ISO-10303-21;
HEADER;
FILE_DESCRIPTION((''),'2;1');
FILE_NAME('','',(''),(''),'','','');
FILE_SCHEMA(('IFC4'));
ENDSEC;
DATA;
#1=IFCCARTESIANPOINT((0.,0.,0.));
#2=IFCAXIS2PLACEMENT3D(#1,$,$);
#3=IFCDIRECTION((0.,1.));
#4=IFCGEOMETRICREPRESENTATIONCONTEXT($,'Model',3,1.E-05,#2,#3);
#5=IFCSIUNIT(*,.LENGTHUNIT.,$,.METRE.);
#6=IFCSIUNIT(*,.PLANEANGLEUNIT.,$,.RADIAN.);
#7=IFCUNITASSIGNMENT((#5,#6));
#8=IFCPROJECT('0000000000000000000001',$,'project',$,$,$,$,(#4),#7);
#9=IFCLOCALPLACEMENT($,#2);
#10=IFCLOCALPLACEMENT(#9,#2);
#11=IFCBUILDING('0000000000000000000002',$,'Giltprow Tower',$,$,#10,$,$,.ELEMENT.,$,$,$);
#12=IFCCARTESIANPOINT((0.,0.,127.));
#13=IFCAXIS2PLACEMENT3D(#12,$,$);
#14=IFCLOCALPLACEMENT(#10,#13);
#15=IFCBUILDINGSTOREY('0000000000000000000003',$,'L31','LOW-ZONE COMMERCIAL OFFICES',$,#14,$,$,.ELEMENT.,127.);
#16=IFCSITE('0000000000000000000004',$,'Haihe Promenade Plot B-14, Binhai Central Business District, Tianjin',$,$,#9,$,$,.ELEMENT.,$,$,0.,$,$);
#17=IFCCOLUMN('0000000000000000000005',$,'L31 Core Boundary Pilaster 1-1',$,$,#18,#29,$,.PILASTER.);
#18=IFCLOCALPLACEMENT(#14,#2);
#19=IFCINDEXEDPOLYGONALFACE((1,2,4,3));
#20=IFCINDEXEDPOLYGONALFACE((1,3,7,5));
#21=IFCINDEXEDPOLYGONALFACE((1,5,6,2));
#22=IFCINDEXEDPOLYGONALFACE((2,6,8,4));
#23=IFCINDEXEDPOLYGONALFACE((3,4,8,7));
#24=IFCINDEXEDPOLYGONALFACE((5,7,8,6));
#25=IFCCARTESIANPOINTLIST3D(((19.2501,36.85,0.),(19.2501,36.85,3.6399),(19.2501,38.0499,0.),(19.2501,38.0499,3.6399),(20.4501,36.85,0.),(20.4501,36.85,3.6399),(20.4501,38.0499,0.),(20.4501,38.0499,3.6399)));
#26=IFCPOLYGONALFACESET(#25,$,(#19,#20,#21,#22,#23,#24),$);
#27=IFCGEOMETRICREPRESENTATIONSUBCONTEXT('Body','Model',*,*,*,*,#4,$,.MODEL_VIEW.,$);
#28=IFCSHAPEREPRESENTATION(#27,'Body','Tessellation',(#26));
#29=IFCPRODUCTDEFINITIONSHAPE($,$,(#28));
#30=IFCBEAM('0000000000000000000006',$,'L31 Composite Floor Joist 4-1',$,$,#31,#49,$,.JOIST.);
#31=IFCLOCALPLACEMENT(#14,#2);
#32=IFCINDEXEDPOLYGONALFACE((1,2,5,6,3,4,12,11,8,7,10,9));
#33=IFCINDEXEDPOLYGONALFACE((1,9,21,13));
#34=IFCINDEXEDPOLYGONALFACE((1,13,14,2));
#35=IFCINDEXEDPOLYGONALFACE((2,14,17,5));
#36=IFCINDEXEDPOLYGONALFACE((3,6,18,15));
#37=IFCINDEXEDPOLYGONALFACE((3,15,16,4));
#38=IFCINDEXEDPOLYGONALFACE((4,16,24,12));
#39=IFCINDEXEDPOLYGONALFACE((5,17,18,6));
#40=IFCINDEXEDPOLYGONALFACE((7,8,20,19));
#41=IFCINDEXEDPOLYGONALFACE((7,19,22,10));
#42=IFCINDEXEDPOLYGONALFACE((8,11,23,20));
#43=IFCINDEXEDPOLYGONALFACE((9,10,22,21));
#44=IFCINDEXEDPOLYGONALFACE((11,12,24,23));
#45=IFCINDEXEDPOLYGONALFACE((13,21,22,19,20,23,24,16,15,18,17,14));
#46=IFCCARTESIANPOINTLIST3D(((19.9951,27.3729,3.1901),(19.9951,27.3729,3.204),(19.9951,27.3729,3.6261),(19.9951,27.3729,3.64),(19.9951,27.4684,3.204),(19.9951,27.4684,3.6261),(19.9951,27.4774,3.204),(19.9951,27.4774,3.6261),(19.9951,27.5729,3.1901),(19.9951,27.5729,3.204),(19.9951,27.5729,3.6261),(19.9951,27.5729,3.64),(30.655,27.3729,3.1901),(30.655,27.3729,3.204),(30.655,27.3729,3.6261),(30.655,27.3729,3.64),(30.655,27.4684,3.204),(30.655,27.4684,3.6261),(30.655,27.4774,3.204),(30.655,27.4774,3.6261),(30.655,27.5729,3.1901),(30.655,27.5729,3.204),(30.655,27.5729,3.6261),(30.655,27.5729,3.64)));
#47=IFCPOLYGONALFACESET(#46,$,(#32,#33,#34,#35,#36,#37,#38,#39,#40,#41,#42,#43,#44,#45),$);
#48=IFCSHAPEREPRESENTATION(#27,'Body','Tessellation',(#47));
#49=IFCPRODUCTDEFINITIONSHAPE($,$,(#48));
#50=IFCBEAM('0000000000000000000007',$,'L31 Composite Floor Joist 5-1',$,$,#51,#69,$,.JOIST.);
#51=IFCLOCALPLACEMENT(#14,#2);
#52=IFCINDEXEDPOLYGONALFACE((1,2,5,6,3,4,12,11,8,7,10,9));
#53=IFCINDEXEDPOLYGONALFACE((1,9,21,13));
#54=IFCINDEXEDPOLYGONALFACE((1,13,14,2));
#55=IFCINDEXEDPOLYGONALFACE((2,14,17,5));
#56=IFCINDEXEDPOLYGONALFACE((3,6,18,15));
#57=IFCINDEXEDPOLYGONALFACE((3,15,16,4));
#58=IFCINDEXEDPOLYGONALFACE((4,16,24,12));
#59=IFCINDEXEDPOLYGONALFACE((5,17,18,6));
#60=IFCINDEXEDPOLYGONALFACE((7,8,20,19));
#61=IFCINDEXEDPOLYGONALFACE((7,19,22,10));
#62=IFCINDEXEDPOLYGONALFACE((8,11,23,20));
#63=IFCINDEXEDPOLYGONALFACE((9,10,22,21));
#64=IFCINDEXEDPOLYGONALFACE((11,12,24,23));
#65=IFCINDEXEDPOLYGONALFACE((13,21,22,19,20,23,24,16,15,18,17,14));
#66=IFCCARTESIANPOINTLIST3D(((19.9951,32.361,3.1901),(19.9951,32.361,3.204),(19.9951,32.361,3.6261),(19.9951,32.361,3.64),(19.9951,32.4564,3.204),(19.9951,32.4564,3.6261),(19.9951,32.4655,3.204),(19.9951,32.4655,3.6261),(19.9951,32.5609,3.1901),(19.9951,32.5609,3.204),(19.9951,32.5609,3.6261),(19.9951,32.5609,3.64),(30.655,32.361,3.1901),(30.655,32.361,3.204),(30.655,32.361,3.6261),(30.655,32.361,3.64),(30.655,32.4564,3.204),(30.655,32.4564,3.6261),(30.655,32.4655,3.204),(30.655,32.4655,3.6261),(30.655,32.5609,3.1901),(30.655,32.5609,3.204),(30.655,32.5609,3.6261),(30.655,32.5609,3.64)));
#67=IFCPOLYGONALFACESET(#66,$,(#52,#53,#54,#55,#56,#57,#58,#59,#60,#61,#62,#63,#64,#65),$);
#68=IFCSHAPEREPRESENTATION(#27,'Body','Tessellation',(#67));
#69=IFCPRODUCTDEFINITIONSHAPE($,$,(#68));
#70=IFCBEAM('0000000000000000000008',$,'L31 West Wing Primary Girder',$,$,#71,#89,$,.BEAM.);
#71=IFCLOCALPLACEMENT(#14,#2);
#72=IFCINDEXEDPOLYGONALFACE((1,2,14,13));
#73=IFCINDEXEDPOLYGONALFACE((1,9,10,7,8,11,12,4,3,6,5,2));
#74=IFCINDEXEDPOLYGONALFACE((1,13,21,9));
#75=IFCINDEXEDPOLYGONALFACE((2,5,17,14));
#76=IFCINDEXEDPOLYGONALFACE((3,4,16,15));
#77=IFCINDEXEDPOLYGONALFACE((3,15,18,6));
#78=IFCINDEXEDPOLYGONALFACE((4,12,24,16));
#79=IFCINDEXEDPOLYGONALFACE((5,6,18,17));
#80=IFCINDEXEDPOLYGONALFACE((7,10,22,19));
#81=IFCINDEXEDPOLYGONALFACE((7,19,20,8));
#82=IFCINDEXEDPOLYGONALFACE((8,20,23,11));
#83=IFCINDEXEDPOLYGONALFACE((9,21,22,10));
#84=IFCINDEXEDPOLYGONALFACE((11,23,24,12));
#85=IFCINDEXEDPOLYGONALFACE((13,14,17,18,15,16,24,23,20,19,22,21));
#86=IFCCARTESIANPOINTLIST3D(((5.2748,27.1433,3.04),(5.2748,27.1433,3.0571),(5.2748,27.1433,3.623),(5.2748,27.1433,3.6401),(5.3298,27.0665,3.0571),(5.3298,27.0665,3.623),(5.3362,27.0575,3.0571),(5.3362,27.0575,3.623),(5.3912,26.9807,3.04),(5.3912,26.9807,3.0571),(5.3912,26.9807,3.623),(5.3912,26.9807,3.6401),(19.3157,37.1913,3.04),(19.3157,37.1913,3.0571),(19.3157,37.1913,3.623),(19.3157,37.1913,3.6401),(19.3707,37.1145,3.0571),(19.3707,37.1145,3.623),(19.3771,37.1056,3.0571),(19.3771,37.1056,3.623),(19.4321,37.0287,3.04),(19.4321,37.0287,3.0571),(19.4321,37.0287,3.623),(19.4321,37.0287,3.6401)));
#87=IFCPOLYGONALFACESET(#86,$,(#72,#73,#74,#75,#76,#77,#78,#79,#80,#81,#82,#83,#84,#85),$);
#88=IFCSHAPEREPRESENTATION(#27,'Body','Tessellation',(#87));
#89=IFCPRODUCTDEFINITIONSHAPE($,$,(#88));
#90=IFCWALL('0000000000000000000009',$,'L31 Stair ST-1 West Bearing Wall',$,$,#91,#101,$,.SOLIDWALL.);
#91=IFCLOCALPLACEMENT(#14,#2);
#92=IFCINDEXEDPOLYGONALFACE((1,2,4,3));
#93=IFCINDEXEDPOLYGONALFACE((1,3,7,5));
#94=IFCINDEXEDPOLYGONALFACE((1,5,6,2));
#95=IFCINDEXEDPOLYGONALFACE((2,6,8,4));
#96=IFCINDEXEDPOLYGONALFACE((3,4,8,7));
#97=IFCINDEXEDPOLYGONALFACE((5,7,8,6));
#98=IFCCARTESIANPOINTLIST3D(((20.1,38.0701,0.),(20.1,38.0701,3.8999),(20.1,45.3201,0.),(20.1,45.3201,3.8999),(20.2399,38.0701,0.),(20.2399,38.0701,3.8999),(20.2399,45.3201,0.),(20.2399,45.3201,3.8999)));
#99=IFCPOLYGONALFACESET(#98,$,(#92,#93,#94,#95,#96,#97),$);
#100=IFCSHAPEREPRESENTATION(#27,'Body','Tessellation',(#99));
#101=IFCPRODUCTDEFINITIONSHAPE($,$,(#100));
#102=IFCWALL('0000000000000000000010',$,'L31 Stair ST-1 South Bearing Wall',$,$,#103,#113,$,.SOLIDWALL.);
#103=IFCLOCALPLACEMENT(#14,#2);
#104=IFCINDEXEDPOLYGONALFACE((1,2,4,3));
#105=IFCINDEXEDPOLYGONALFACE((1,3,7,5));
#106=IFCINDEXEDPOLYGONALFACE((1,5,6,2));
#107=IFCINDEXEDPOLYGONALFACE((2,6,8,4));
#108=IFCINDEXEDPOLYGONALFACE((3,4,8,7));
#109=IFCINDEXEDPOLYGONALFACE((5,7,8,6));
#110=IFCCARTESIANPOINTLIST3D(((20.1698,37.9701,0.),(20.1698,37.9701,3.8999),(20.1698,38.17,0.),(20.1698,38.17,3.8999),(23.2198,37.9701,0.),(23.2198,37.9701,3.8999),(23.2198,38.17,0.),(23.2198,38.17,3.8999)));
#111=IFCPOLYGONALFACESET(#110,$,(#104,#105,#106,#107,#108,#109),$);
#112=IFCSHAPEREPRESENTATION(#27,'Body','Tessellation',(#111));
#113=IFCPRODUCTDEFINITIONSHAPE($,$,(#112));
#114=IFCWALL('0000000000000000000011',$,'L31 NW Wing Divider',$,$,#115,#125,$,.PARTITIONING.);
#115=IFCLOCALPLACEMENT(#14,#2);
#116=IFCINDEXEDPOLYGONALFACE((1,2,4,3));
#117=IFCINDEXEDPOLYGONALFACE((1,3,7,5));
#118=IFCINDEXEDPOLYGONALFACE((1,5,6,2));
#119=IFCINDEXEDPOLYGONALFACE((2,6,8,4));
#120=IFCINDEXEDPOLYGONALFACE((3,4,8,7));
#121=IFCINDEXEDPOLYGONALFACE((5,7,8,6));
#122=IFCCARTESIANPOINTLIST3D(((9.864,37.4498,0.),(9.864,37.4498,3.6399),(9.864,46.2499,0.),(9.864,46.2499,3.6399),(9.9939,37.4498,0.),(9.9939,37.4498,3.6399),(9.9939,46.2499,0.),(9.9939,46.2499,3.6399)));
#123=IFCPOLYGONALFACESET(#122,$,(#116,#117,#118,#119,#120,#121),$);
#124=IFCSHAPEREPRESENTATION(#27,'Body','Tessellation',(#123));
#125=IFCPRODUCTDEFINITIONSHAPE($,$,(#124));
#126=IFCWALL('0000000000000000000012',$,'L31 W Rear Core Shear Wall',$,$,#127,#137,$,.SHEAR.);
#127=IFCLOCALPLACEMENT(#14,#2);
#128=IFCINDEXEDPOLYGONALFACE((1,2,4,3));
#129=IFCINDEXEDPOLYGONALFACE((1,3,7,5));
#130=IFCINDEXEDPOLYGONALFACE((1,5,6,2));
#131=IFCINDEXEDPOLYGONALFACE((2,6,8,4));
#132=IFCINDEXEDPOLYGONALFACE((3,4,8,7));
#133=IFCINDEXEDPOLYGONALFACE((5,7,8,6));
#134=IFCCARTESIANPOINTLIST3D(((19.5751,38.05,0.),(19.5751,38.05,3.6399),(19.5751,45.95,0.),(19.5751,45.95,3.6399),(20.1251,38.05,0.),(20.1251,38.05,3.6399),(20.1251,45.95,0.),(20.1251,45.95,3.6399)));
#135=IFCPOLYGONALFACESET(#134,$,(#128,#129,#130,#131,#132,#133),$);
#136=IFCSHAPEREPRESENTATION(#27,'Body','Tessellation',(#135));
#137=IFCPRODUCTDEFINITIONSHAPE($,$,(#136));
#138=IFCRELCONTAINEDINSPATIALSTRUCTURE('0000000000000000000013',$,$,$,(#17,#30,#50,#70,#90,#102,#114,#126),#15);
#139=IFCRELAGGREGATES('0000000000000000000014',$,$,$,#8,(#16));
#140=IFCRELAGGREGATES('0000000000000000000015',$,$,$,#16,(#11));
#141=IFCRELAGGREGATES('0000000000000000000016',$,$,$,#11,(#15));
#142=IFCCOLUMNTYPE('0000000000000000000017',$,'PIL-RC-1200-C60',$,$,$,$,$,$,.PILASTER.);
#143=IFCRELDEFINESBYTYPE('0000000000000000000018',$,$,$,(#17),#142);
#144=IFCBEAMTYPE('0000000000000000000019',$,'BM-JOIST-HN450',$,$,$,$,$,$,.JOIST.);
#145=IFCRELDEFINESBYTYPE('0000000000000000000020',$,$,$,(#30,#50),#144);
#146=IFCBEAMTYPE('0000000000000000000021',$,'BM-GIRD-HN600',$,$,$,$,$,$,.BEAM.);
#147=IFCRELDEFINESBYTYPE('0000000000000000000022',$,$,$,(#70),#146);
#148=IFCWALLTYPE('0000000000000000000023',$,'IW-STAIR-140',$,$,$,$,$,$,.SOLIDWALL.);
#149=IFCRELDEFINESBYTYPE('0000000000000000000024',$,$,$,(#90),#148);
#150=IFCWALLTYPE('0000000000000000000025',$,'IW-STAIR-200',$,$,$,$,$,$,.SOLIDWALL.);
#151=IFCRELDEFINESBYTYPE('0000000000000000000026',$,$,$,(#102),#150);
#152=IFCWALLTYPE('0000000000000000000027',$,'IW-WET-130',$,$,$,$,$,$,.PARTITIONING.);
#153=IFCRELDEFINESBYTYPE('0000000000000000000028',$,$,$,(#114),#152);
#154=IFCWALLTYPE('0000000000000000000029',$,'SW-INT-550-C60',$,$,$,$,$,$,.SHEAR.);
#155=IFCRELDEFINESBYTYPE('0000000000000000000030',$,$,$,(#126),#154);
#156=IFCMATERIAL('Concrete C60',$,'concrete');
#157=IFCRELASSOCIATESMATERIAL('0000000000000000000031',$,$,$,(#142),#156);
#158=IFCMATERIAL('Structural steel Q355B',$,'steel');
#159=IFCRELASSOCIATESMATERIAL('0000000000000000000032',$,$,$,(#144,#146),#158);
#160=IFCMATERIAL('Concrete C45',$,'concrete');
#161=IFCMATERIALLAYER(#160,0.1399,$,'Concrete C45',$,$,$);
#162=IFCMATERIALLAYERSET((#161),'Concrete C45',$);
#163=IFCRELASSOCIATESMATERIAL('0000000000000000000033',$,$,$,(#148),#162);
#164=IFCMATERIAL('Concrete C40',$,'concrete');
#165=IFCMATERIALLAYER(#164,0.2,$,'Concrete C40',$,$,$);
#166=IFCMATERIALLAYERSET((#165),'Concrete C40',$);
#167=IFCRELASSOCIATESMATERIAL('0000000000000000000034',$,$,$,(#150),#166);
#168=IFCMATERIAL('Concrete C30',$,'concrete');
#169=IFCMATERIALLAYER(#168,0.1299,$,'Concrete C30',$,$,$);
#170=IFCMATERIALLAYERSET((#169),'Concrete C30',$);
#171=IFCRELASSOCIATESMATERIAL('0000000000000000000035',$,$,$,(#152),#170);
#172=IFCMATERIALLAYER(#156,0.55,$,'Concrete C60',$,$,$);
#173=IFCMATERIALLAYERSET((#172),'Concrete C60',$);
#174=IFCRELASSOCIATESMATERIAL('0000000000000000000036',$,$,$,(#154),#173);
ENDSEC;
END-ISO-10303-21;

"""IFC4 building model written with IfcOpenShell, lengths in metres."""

from ifc_helpers import new_model, si_unit, direction, frame, frame_2d, origin, origin_2d, place, context, subcontext, project, spatial, rectangle, i_section, extrude, source, transform, mapped, material, layer, layer_set, material_profile, profile_set, type_object, element, save


model = new_model("IFC4")

# Units and contexts
model_context = context("Model", 3, precision=1e-05, world=origin(), true_north=direction((0.0, 1.0)))
body_context = subcontext(model_context, "Body", "Model", "MODEL_VIEW")
ifc_project = project(units=[si_unit("LENGTHUNIT", "METRE"), si_unit("PLANEANGLEUNIT", "RADIAN")], contexts=[model_context])

# Site, building, storey
site_placement = place(None, origin())
site = spatial("IfcSite", under=ifc_project, at=site_placement, Name="Haihe Promenade Plot B-14, Binhai Central Business District, Tianjin", CompositionType="ELEMENT", RefElevation=0.0)
building_placement = place(site_placement, origin())
building = spatial("IfcBuilding", under=site, at=building_placement, Name="Giltprow Tower", CompositionType="ELEMENT")
storey_placement = place(building_placement, frame((0.0, 0.0, 127.0)))
storey = spatial("IfcBuildingStorey", under=building, at=storey_placement, Name="L31", Description="LOW-ZONE COMMERCIAL OFFICES", CompositionType="ELEMENT", Elevation=127.0)

# Column
ifc_material_1 = material(Name="Concrete C60", Category="concrete")
ifc_material_profile_1 = material_profile(ifc_material_1, rectangle(XDim=1.2, YDim=1.2, at=origin_2d()), Name="RC 1200x1200")
ifc_profile_set_1 = profile_set([ifc_material_profile_1], Name="Concrete C60")
column_type = type_object("IfcColumnType", Name="PIL-RC-1200-C60", PredefinedType="PILASTER", material=ifc_profile_set_1)
shared_shape_1 = source(origin(), body_context, "Body", "SweptSolid", [
    extrude(rectangle(XDim=1.2, YDim=1.2, at=origin_2d()), origin(), (0.0, 0.0, 1.0), 3.6399),
])
column_placement = place(storey_placement, frame((19.8501, 37.45, 0.0), z_axis=(0.0, 0.0, 1.0), x_axis=(1.0, 0.0, 0.0)))
element("IfcColumn", 1, at=column_placement, inside=storey, type_object=column_type, Name="L31 Core Boundary Pilaster 1-1", PredefinedType="PILASTER", context=body_context, shape_type="MappedRepresentation", body=[
    mapped(shared_shape_1, transform((0.0, 0.0, 0.0), x_axis=(1.0, 0.0, 0.0), y_axis=(0.0, 1.0, 0.0), z_axis=(0.0, 0.0, 1.0), scale=1.0)),
])

# Beams
ifc_material_2 = material(Name="Structural steel Q355B", Category="steel")
ifc_material_profile_2 = material_profile(ifc_material_2, i_section(OverallWidth=0.2, OverallDepth=0.45, WebThickness=0.009, FlangeThickness=0.0139, at=origin_2d()), Name="HN 450x200x9x14")
ifc_profile_set_2 = profile_set([ifc_material_profile_2], Name="Structural steel Q355B")
beam_type_1 = type_object("IfcBeamType", Name="BM-JOIST-HN450", PredefinedType="JOIST", material=ifc_profile_set_2)
shared_shape_2 = source(origin(), body_context, "Body", "SweptSolid", [
    extrude(i_section(OverallWidth=0.2, OverallDepth=0.45, WebThickness=0.009, FlangeThickness=0.0139, at=origin_2d()), origin(), (0.0, 0.0, 1.0), 10.6599),
])
for number, where, z_axis, x_axis, name in (
    (2, (19.9951, 27.4729, 3.415), (1.0, 0.0, 0.0), (0.0, 1.0, 0.0), "L31 Composite Floor Joist 4-1"),
    (3, (19.9951, 32.4609, 3.415), (1.0, 0.0, 0.0), (0.0, 1.0, 0.0), "L31 Composite Floor Joist 5-1"),
):
    element("IfcBeam", number, at=place(storey_placement, frame(where, z_axis=z_axis, x_axis=x_axis)), inside=storey, type_object=beam_type_1, Name=name, PredefinedType="JOIST", context=body_context, shape_type="MappedRepresentation", body=[
        mapped(shared_shape_2, transform((0.0, 0.0, 0.0), x_axis=(1.0, 0.0, 0.0), y_axis=(0.0, 1.0, 0.0), z_axis=(0.0, 0.0, 1.0), scale=1.0)),
    ])
ifc_material_profile_3 = material_profile(ifc_material_2, i_section(OverallWidth=0.2, OverallDepth=0.6001, WebThickness=0.011, FlangeThickness=0.0171, at=origin_2d()), Name="HN 600x200x11x17")
ifc_profile_set_3 = profile_set([ifc_material_profile_3], Name="Structural steel Q355B")
beam_type_2 = type_object("IfcBeamType", Name="BM-GIRD-HN600", PredefinedType="BEAM", material=ifc_profile_set_3)
shared_shape_3 = source(origin(), body_context, "Body", "SweptSolid", [
    extrude(i_section(OverallWidth=0.2, OverallDepth=0.6001, WebThickness=0.011, FlangeThickness=0.0171, at=origin_2d()), origin(), (0.0, 0.0, 1.0), 17.2659),
])
beam_placement = place(storey_placement, frame((5.333, 27.062, 3.3401), z_axis=(0.813218, 0.581959, 0.0), x_axis=(-0.581959, 0.813218, 0.0)))
element("IfcBeam", 4, at=beam_placement, inside=storey, type_object=beam_type_2, Name="L31 West Wing Primary Girder", PredefinedType="BEAM", context=body_context, shape_type="MappedRepresentation", body=[
    mapped(shared_shape_3, transform((0.0, 0.0, 0.0), x_axis=(1.0, 0.0, 0.0), y_axis=(0.0, 1.0, 0.0), z_axis=(0.0, 0.0, 1.0), scale=1.0)),
])

# Walls
ifc_material_3 = material(Name="Concrete C45", Category="concrete")
ifc_layer_1 = layer(ifc_material_3, 0.1399, Name="Concrete C45")
ifc_layer_set_1 = layer_set([ifc_layer_1], Name="Concrete C45")
wall_type_1 = type_object("IfcWallType", Name="IW-STAIR-140", PredefinedType="SOLIDWALL", material=ifc_layer_set_1)
wall_1_placement = place(storey_placement, frame((20.1699, 38.0701, 0.0), z_axis=(0.0, 0.0, 1.0), x_axis=(0.0, 1.0, 0.0)))
element("IfcWall", 5, at=wall_1_placement, inside=storey, type_object=wall_type_1, Name="L31 Stair ST-1 West Bearing Wall", PredefinedType="SOLIDWALL", context=body_context, shape_type="SweptSolid", body=[
    extrude(rectangle(XDim=7.25, YDim=0.1399, at=frame_2d((3.625, 0.0))), origin(), (0.0, 0.0, 1.0), 3.8999),
])
ifc_material_4 = material(Name="Concrete C40", Category="concrete")
ifc_layer_2 = layer(ifc_material_4, 0.2, Name="Concrete C40")
ifc_layer_set_2 = layer_set([ifc_layer_2], Name="Concrete C40")
wall_type_2 = type_object("IfcWallType", Name="IW-STAIR-200", PredefinedType="SOLIDWALL", material=ifc_layer_set_2)
wall_2_placement = place(storey_placement, frame((20.1699, 38.0701, 0.0), z_axis=(0.0, 0.0, 1.0), x_axis=(1.0, 0.0, 0.0)))
element("IfcWall", 6, at=wall_2_placement, inside=storey, type_object=wall_type_2, Name="L31 Stair ST-1 South Bearing Wall", PredefinedType="SOLIDWALL", context=body_context, shape_type="SweptSolid", body=[
    extrude(rectangle(XDim=3.05, YDim=0.2, at=frame_2d((1.5249, 0.0))), origin(), (0.0, 0.0, 1.0), 3.8999),
])
ifc_material_5 = material(Name="Concrete C30", Category="concrete")
ifc_layer_3 = layer(ifc_material_5, 0.1299, Name="Concrete C30")
ifc_layer_set_3 = layer_set([ifc_layer_3], Name="Concrete C30")
wall_type_3 = type_object("IfcWallType", Name="IW-WET-130", PredefinedType="PARTITIONING", material=ifc_layer_set_3)
wall_3_placement = place(storey_placement, frame((9.929, 37.45, 0.0), z_axis=(0.0, 0.0, 1.0), x_axis=(0.0, 1.0, 0.0)))
element("IfcWall", 7, at=wall_3_placement, inside=storey, type_object=wall_type_3, Name="L31 NW Wing Divider", PredefinedType="PARTITIONING", context=body_context, shape_type="SweptSolid", body=[
    extrude(rectangle(XDim=8.8, YDim=0.1299, at=frame_2d((4.3999, 0.0))), origin(), (0.0, 0.0, 1.0), 3.6399),
])

# Shared definitions
ifc_layer_4 = layer(ifc_material_1, 0.55, Name="Concrete C60")
ifc_layer_set_4 = layer_set([ifc_layer_4], Name="Concrete C60")
wall_type_4 = type_object("IfcWallType", Name="SW-INT-550-C60", PredefinedType="SHEAR", material=ifc_layer_set_4)

# Wall
wall_4_placement = place(storey_placement, frame((19.8501, 38.05, 0.0), z_axis=(0.0, 0.0, 1.0), x_axis=(0.0, 1.0, 0.0)))
element("IfcWall", 8, at=wall_4_placement, inside=storey, type_object=wall_type_4, Name="L31 W Rear Core Shear Wall", PredefinedType="SHEAR", context=body_context, shape_type="SweptSolid", body=[
    extrude(rectangle(XDim=7.8999, YDim=0.55, at=frame_2d((3.95, 0.0))), origin(), (0.0, 0.0, 1.0), 3.6399),
])

save(model, "model.ifc")
